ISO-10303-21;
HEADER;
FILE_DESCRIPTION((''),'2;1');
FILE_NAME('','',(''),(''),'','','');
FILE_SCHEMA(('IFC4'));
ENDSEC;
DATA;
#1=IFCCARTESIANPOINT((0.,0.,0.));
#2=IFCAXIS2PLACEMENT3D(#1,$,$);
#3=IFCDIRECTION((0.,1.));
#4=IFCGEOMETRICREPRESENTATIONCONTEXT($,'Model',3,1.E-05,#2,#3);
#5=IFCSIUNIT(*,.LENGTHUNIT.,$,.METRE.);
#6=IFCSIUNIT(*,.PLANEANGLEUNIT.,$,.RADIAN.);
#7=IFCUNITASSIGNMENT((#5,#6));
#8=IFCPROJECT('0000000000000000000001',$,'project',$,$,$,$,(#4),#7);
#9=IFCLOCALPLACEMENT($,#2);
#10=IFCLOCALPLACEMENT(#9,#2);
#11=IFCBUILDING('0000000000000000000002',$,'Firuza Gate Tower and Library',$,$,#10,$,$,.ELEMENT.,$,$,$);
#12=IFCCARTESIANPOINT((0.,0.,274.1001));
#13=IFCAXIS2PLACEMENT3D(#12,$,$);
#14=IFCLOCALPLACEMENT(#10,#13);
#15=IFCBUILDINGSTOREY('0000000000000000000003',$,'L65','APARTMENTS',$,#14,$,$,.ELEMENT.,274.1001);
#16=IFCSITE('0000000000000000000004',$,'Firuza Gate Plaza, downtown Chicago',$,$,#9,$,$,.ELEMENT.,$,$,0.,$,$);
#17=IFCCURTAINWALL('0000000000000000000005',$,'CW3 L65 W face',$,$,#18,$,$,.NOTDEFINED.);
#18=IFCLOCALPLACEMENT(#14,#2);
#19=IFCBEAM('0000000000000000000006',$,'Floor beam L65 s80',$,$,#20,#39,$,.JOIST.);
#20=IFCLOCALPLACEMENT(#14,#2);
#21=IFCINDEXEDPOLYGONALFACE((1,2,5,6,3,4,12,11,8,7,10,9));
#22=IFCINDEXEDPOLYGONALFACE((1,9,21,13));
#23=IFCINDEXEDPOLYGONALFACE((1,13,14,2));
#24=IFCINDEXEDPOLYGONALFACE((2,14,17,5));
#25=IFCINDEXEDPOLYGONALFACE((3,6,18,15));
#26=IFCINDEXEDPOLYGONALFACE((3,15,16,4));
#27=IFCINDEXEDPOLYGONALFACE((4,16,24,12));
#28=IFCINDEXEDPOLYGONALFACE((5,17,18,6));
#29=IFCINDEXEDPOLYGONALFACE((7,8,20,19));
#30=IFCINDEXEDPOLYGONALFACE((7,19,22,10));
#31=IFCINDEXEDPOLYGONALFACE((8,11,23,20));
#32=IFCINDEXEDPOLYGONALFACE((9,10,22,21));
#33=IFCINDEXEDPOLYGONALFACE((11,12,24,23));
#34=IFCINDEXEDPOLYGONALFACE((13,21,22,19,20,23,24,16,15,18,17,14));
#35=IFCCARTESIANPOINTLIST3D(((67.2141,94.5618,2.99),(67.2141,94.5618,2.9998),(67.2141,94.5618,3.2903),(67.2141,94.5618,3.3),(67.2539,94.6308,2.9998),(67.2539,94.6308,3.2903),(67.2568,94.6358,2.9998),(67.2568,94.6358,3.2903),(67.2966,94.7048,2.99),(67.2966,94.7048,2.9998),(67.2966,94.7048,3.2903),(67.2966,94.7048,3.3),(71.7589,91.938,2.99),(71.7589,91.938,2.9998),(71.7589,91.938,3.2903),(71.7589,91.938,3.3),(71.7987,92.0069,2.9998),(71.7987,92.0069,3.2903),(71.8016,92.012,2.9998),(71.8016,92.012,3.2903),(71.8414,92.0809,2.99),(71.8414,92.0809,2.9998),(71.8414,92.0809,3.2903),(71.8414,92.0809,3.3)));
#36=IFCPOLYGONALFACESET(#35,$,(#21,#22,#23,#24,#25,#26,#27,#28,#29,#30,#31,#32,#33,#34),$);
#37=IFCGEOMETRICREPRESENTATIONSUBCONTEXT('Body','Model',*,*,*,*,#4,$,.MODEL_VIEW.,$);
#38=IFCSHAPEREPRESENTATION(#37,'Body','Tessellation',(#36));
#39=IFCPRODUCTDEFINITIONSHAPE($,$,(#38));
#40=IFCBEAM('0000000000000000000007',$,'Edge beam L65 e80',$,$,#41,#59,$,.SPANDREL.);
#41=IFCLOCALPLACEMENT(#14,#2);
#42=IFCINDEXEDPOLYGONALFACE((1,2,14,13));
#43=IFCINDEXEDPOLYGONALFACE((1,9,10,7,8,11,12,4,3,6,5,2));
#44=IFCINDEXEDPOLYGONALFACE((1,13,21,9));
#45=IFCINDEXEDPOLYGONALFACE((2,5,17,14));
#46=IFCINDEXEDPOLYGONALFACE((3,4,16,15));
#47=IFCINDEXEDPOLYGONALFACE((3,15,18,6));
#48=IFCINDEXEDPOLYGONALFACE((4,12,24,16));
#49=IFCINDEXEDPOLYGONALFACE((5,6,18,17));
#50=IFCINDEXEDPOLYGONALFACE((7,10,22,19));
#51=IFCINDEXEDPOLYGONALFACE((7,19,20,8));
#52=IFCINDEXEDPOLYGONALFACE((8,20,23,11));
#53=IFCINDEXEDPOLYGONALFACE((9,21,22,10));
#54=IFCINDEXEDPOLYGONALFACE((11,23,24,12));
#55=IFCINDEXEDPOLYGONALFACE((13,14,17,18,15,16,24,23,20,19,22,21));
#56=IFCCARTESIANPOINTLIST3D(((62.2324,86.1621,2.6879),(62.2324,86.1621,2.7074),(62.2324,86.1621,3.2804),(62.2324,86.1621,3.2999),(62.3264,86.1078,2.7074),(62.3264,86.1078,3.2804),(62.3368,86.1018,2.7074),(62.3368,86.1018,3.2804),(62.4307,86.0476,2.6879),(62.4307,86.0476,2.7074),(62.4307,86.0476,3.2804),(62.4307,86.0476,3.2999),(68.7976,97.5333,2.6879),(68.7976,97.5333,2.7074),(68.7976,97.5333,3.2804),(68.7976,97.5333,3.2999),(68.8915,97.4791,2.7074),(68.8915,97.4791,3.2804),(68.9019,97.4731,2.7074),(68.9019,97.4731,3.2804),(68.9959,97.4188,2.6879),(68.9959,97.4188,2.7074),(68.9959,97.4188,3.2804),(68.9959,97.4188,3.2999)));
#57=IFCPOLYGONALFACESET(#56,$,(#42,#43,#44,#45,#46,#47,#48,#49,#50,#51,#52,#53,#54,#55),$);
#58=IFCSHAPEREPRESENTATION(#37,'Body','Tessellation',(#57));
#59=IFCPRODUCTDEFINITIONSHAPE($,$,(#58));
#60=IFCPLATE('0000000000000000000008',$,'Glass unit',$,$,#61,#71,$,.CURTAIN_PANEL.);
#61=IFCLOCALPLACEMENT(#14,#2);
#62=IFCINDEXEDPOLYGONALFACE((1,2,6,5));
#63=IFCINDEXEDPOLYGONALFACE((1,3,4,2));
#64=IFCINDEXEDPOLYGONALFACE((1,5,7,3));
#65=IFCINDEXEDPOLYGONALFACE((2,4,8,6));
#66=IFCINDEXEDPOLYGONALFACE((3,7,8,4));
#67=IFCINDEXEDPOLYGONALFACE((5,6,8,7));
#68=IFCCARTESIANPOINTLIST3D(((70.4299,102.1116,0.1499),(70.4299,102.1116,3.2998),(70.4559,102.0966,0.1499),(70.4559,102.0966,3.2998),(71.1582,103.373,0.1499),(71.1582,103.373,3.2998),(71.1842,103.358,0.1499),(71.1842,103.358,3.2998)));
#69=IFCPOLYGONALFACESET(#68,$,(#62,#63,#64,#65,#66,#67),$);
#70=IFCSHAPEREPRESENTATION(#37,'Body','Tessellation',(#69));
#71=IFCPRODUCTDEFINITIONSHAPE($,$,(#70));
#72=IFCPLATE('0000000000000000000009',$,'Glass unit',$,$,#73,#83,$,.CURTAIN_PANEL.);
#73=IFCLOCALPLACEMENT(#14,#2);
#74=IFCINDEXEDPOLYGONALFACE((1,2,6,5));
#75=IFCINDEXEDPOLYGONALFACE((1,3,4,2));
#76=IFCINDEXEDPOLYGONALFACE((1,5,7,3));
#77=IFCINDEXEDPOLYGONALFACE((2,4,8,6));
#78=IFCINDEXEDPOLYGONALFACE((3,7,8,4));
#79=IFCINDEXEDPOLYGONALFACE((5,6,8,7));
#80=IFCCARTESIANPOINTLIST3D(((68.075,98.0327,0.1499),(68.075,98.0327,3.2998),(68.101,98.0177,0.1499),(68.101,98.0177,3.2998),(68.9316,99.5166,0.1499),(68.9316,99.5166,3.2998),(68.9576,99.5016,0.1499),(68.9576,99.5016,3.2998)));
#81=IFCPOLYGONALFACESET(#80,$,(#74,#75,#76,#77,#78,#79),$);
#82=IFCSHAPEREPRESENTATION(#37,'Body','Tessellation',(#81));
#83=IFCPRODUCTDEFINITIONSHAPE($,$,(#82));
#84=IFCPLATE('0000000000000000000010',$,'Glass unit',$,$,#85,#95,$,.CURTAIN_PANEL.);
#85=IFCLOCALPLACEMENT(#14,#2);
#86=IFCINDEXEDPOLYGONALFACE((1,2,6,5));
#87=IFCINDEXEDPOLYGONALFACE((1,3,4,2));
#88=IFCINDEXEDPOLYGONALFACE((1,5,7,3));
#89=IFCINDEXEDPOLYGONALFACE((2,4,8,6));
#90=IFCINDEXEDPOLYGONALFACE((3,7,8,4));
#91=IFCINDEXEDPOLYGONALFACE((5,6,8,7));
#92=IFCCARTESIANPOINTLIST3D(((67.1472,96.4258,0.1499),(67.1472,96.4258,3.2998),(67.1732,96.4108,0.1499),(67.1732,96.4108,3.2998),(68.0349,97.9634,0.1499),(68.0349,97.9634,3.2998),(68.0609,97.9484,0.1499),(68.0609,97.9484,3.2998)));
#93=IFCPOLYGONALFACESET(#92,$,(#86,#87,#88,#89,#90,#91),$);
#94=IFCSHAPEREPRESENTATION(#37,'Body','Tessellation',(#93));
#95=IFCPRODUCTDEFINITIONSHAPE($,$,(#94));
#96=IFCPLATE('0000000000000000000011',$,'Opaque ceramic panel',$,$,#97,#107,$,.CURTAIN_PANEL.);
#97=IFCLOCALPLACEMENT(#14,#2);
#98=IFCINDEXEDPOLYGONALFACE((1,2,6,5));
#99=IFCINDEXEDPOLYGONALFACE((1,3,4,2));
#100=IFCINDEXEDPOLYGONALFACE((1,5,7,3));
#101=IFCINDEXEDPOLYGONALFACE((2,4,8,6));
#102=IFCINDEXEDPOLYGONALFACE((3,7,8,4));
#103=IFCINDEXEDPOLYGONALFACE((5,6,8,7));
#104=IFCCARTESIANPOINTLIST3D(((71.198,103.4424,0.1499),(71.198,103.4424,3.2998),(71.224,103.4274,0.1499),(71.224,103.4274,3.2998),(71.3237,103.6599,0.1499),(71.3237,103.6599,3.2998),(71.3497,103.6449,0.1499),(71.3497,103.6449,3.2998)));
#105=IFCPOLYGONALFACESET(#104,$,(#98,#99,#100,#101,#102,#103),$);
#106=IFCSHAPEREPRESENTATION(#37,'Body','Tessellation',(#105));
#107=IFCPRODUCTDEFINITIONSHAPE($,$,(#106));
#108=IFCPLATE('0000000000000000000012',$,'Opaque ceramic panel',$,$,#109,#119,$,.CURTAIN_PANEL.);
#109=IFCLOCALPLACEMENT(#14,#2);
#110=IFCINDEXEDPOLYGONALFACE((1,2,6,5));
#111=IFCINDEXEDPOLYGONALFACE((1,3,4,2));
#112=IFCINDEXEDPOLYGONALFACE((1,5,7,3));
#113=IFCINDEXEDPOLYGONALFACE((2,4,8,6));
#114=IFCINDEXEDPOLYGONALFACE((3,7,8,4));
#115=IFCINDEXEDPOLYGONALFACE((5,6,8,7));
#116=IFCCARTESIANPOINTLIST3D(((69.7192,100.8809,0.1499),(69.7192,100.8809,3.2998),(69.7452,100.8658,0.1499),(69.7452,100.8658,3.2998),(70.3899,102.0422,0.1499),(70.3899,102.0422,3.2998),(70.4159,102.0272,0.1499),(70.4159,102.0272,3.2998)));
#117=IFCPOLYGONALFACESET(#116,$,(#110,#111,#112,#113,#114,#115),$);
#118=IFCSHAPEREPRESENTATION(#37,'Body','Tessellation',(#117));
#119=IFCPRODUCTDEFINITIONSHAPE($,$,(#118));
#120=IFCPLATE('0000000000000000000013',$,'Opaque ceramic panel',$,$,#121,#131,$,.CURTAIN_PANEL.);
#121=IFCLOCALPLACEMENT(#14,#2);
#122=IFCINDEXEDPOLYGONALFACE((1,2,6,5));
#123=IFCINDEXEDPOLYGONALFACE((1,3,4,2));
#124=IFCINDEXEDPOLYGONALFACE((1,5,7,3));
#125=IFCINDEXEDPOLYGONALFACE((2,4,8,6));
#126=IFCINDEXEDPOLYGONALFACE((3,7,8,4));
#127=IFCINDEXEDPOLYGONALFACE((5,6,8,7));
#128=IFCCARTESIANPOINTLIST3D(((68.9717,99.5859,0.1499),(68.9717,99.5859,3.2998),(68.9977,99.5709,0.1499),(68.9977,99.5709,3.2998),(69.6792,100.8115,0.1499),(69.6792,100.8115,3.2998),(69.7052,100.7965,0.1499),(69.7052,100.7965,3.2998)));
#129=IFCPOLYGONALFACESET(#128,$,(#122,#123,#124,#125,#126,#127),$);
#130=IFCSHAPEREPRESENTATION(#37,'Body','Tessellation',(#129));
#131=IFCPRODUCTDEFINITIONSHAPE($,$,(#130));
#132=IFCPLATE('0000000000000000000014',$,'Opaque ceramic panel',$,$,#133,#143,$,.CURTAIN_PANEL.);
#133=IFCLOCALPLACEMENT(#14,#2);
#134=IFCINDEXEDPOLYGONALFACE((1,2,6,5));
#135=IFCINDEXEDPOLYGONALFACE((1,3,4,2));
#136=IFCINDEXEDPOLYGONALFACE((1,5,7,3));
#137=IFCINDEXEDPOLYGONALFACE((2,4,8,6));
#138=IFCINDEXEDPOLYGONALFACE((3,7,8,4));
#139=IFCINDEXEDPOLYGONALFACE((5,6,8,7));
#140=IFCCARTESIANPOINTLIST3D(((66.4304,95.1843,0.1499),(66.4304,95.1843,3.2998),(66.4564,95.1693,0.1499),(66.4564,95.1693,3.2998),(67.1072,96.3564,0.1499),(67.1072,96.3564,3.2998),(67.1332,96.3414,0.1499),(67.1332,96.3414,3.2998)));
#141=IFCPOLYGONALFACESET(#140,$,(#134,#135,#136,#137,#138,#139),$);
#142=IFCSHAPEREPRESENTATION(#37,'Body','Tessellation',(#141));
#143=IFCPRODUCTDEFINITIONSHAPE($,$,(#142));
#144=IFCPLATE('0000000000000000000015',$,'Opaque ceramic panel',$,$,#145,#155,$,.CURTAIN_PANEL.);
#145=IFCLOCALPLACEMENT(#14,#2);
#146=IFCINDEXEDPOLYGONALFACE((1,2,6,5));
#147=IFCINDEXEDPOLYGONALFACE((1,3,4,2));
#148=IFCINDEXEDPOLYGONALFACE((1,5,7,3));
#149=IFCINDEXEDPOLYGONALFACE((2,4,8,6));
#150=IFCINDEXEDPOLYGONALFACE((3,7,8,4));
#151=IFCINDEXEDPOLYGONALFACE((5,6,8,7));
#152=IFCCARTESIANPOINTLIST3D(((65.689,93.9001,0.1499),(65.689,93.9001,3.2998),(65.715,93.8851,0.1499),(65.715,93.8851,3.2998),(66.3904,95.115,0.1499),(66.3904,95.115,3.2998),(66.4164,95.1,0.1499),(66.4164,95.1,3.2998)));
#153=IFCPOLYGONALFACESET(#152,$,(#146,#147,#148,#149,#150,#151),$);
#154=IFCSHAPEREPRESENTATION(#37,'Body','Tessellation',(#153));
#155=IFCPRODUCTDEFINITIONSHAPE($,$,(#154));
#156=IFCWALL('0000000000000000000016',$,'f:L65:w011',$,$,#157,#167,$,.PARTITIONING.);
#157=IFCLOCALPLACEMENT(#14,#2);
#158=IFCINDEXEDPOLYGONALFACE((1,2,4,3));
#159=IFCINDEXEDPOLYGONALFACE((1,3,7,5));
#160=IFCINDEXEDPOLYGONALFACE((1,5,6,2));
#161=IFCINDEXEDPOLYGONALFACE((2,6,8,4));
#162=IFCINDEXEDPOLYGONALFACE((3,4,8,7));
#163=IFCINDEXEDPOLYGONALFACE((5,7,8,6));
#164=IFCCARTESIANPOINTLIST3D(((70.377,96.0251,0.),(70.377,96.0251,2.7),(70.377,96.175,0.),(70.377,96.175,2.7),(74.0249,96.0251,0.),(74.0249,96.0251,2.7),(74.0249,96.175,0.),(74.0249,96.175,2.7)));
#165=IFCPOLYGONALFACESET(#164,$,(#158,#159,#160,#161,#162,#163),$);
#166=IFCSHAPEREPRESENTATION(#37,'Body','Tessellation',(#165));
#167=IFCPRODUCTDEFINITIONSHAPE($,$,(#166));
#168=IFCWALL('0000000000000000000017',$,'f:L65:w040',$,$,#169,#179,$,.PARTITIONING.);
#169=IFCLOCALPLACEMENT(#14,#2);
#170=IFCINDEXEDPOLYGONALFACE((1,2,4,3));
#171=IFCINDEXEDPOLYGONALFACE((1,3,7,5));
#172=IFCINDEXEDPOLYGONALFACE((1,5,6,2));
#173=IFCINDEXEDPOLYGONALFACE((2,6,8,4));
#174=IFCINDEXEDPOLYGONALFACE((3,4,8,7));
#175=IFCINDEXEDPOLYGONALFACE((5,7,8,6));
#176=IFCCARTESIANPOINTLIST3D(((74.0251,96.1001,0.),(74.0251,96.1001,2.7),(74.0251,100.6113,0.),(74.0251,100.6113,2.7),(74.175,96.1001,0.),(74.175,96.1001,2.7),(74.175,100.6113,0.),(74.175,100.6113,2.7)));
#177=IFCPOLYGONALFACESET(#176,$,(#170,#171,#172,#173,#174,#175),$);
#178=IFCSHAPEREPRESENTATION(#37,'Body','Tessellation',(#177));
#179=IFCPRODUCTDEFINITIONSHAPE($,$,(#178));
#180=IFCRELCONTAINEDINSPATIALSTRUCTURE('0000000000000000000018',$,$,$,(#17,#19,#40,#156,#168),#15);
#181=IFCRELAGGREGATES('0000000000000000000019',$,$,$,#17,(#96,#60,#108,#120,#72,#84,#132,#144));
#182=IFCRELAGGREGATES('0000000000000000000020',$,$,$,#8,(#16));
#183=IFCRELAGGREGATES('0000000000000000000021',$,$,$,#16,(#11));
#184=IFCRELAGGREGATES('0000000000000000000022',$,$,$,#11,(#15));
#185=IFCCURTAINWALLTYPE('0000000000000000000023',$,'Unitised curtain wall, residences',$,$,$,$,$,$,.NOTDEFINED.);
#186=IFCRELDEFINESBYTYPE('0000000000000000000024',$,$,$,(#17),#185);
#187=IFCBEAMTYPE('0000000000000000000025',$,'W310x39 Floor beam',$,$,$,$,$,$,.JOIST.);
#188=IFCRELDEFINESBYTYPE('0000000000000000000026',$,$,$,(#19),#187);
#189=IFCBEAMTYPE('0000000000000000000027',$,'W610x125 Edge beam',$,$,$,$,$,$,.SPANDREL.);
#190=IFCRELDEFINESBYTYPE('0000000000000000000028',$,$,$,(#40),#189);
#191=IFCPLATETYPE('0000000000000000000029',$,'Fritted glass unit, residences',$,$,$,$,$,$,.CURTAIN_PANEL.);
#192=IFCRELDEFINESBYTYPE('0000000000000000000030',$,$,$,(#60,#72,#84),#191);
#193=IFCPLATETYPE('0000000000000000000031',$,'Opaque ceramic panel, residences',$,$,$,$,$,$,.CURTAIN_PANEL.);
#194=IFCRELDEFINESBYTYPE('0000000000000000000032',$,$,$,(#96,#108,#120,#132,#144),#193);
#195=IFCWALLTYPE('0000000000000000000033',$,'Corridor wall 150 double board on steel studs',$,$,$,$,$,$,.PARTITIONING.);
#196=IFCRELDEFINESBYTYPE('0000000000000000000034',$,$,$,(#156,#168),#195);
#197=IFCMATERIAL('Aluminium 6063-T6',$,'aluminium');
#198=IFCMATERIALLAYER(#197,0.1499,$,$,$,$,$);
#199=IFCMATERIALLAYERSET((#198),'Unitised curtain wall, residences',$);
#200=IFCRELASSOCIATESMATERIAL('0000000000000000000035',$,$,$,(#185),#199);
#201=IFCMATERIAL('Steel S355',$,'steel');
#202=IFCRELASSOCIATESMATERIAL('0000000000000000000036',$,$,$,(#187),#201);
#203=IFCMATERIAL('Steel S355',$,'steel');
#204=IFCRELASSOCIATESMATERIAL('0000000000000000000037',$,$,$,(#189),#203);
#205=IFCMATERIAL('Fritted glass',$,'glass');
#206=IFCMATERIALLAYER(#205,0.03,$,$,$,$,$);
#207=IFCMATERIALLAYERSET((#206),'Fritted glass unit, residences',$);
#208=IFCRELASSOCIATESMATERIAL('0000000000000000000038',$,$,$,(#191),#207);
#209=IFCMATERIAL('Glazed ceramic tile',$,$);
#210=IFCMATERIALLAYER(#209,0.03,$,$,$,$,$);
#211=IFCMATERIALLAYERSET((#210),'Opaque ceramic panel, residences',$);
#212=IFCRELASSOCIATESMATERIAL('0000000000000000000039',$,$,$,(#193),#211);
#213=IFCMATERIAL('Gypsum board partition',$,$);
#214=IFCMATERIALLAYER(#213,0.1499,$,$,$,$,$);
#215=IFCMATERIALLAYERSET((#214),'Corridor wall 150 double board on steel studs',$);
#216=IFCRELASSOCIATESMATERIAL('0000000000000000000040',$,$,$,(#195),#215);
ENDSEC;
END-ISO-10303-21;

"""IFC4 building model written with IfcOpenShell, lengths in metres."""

from ifc_helpers import new_model, si_unit, direction, frame, frame_2d, origin, origin_2d, place, context, subcontext, project, spatial, polyline, rectangle, i_section, outline, extrude, material, layer, layer_set, material_profile, profile_set, type_object, element, aggregate, save


model = new_model("IFC4")

# Units and contexts
model_context = context("Model", 3, precision=1e-05, world=origin(), true_north=direction((0.0, 1.0)))
body_context = subcontext(model_context, "Body", "Model", "MODEL_VIEW")
ifc_project = project(units=[si_unit("LENGTHUNIT", "METRE"), si_unit("PLANEANGLEUNIT", "RADIAN")], contexts=[model_context])

# Site, building, storey
site_placement = place(None, origin())
site = spatial("IfcSite", under=ifc_project, at=site_placement, Name="Firuza Gate Plaza, downtown Chicago", CompositionType="ELEMENT", RefElevation=0.0)
building_placement = place(site_placement, origin())
building = spatial("IfcBuilding", under=site, at=building_placement, Name="Firuza Gate Tower and Library", CompositionType="ELEMENT")
storey_placement = place(building_placement, frame((0.0, 0.0, 274.1001)))
storey = spatial("IfcBuildingStorey", under=building, at=storey_placement, Name="L65", Description="APARTMENTS", CompositionType="ELEMENT", Elevation=274.1001)

# Curtain wall
ifc_material_1 = material(Name="Aluminium 6063-T6", Category="aluminium")
ifc_layer_1 = layer(ifc_material_1, 0.1499)
ifc_layer_set_1 = layer_set([ifc_layer_1], Name="Unitised curtain wall, residences")
curtain_wall_type = type_object("IfcCurtainWallType", Name="Unitised curtain wall, residences", PredefinedType="NOTDEFINED", material=ifc_layer_set_1)
curtain_wall_placement = place(storey_placement, origin())
curtain_wall = element("IfcCurtainWall", 1, at=curtain_wall_placement, inside=storey, type_object=curtain_wall_type, Name="CW3 L65 W face", PredefinedType="NOTDEFINED")

# Beams
ifc_material_2 = material(Name="Steel S355", Category="steel")
ifc_material_profile_1 = material_profile(ifc_material_2, i_section(OverallWidth=0.165, OverallDepth=0.3101, WebThickness=0.0059, FlangeThickness=0.0098, at=origin_2d()))
ifc_profile_set_1 = profile_set([ifc_material_profile_1], Name="Steel S355")
beam_type_1 = type_object("IfcBeamType", Name="W310x39 Floor beam", PredefinedType="JOIST", material=ifc_profile_set_1)
beam_1_placement = place(storey_placement, frame((67.2554, 94.6333, 3.145), z_axis=(0.866033, -0.499987, 0.0), x_axis=(0.499987, 0.866033, 0.0)))
element("IfcBeam", 2, at=beam_1_placement, inside=storey, type_object=beam_type_1, Name="Floor beam L65 s80", PredefinedType="JOIST", context=body_context, shape_type="SweptSolid", body=[
    extrude(i_section(OverallWidth=0.165, OverallDepth=0.3101, WebThickness=0.0059, FlangeThickness=0.0098, at=origin_2d()), origin(), (0.0, 0.0, 1.0), 5.2478),
])
ifc_material_3 = material(Name="Steel S355", Category="steel")
ifc_material_profile_2 = material_profile(ifc_material_3, i_section(OverallWidth=0.229, OverallDepth=0.6121, WebThickness=0.012, FlangeThickness=0.0195, at=origin_2d()))
ifc_profile_set_2 = profile_set([ifc_material_profile_2], Name="Steel S355")
beam_type_2 = type_object("IfcBeamType", Name="W610x125 Edge beam", PredefinedType="SPANDREL", material=ifc_profile_set_2)
beam_2_placement = place(storey_placement, frame((68.8967, 97.4761, 2.9939), z_axis=(-0.499997, -0.866027, 0.0), x_axis=(0.866027, -0.499997, 0.0)))
element("IfcBeam", 3, at=beam_2_placement, inside=storey, type_object=beam_type_2, Name="Edge beam L65 e80", PredefinedType="SPANDREL", context=body_context, shape_type="SweptSolid", body=[
    extrude(i_section(OverallWidth=0.229, OverallDepth=0.6121, WebThickness=0.012, FlangeThickness=0.0195, at=origin_2d()), origin(), (0.0, 0.0, 1.0), 13.1304),
])

# Plates
ifc_material_4 = material(Name="Fritted glass", Category="glass")
ifc_layer_2 = layer(ifc_material_4, 0.03)
ifc_layer_set_2 = layer_set([ifc_layer_2], Name="Fritted glass unit, residences")
plate_type_1 = type_object("IfcPlateType", Name="Fritted glass unit, residences", PredefinedType="CURTAIN_PANEL", material=ifc_layer_set_2)
plate_1_placement = place(storey_placement, frame((71.1582, 103.373, 0.1499), z_axis=(-0.866038, 0.499979, 0.0), x_axis=(-0.499979, -0.866038, 0.0)))
plate_1 = element("IfcPlate", 4, at=plate_1_placement, type_object=plate_type_1, Name="Glass unit", PredefinedType="CURTAIN_PANEL", context=body_context, shape_type="SweptSolid", body=[
    extrude(outline(polyline([(0.0, 0.0), (1.4566, 0.0), (1.4566, 3.1499), (0.0, 3.1499), (0.0, 0.0)])), origin(), (0.0, 0.0, -1.0), 0.03),
])
plate_2_placement = place(storey_placement, frame((68.9316, 99.5166, 0.1499), z_axis=(-0.866034, 0.499986, 0.0), x_axis=(-0.499986, -0.866034, 0.0)))
plate_2 = element("IfcPlate", 5, at=plate_2_placement, type_object=plate_type_1, Name="Glass unit", PredefinedType="CURTAIN_PANEL", context=body_context, shape_type="SweptSolid", body=[
    extrude(outline(polyline([(0.0, 0.0), (1.7134, 0.0), (1.7134, 3.1499), (0.0, 3.1499), (0.0, 0.0)])), origin(), (0.0, 0.0, -1.0), 0.03),
])
plate_3_placement = place(storey_placement, frame((68.0349, 97.9634, 0.1499), z_axis=(-0.866034, 0.499984, 0.0), x_axis=(-0.499984, -0.866034, 0.0)))
plate_3 = element("IfcPlate", 6, at=plate_3_placement, type_object=plate_type_1, Name="Glass unit", PredefinedType="CURTAIN_PANEL", context=body_context, shape_type="SweptSolid", body=[
    extrude(outline(polyline([(0.0, 0.0), (1.7754, 0.0), (1.7754, 3.1499), (0.0, 3.1499), (0.0, 0.0)])), origin(), (0.0, 0.0, -1.0), 0.03),
])
ifc_material_5 = material(Name="Glazed ceramic tile")
ifc_layer_3 = layer(ifc_material_5, 0.03)
ifc_layer_set_3 = layer_set([ifc_layer_3], Name="Opaque ceramic panel, residences")
plate_type_2 = type_object("IfcPlateType", Name="Opaque ceramic panel, residences", PredefinedType="CURTAIN_PANEL", material=ifc_layer_set_3)
plate_4_placement = place(storey_placement, frame((71.3237, 103.6599, 0.1499), z_axis=(-0.865781, 0.500423, 0.0), x_axis=(-0.500423, -0.865781, 0.0)))
plate_4 = element("IfcPlate", 7, at=plate_4_placement, type_object=plate_type_2, Name="Opaque ceramic panel", PredefinedType="CURTAIN_PANEL", context=body_context, shape_type="SweptSolid", body=[
    extrude(outline(polyline([(0.0, 0.0), (0.2513, 0.0), (0.2513, 3.1499), (0.0, 3.1499), (0.0, 0.0)])), origin(), (0.0, 0.0, -1.0), 0.03),
])
plate_5_placement = place(storey_placement, frame((70.3899, 102.0422, 0.1499), z_axis=(-0.865982, 0.500074, 0.0), x_axis=(-0.500074, -0.865982, 0.0)))
plate_5 = element("IfcPlate", 8, at=plate_5_placement, type_object=plate_type_2, Name="Opaque ceramic panel", PredefinedType="CURTAIN_PANEL", context=body_context, shape_type="SweptSolid", body=[
    extrude(outline(polyline([(0.0, 0.0), (1.3411, 0.0), (1.3411, 3.1499), (0.0, 3.1499), (0.0, 0.0)])), origin(), (0.0, 0.0, -1.0), 0.03),
])
plate_6_placement = place(storey_placement, frame((69.6792, 100.8115, 0.1499), z_axis=(-0.866048, 0.499961, 0.0), x_axis=(-0.499961, -0.866048, 0.0)))
plate_6 = element("IfcPlate", 9, at=plate_6_placement, type_object=plate_type_2, Name="Opaque ceramic panel", PredefinedType="CURTAIN_PANEL", context=body_context, shape_type="SweptSolid", body=[
    extrude(outline(polyline([(0.0, 0.0), (1.4151, 0.0), (1.4151, 3.1499), (0.0, 3.1499), (0.0, 0.0)])), origin(), (0.0, 0.0, -1.0), 0.03),
])
plate_7_placement = place(storey_placement, frame((67.1072, 96.3564, 0.1499), z_axis=(-0.866014, 0.500019, 0.0), x_axis=(-0.500019, -0.866014, 0.0)))
plate_7 = element("IfcPlate", 10, at=plate_7_placement, type_object=plate_type_2, Name="Opaque ceramic panel", PredefinedType="CURTAIN_PANEL", context=body_context, shape_type="SweptSolid", body=[
    extrude(outline(polyline([(0.0, 0.0), (1.3535, 0.0), (1.3535, 3.1499), (0.0, 3.1499), (0.0, 0.0)])), origin(), (0.0, 0.0, -1.0), 0.03),
])
plate_8_placement = place(storey_placement, frame((66.3904, 95.115, 0.1499), z_axis=(-0.866017, 0.500014, 0.0), x_axis=(-0.500014, -0.866017, 0.0)))
plate_8 = element("IfcPlate", 11, at=plate_8_placement, type_object=plate_type_2, Name="Opaque ceramic panel", PredefinedType="CURTAIN_PANEL", context=body_context, shape_type="SweptSolid", body=[
    extrude(outline(polyline([(0.0, 0.0), (1.4028, 0.0), (1.4028, 3.1499), (0.0, 3.1499), (0.0, 0.0)])), origin(), (0.0, 0.0, -1.0), 0.03),
])
aggregate(curtain_wall, [plate_4, plate_1, plate_5, plate_6, plate_2, plate_3, plate_7, plate_8])

# Walls
ifc_material_6 = material(Name="Gypsum board partition")
ifc_layer_4 = layer(ifc_material_6, 0.1499)
ifc_layer_set_4 = layer_set([ifc_layer_4], Name="Corridor wall 150 double board on steel studs")
wall_type = type_object("IfcWallType", Name="Corridor wall 150 double board on steel studs", PredefinedType="PARTITIONING", material=ifc_layer_set_4)
wall_1_placement = place(storey_placement, frame((70.377, 96.1001, 0.0), z_axis=(0.0, 0.0, 1.0), x_axis=(1.0, 0.0, 0.0)))
element("IfcWall", 12, at=wall_1_placement, inside=storey, type_object=wall_type, Name="f:L65:w011", PredefinedType="PARTITIONING", context=body_context, shape_type="SweptSolid", body=[
    extrude(rectangle(XDim=3.6479, YDim=0.1499, at=frame_2d((1.824, 0.0))), origin(), (0.0, 0.0, 1.0), 2.7),
])
wall_2_placement = place(storey_placement, frame((74.1001, 96.1001, 0.0), z_axis=(0.0, 0.0, 1.0), x_axis=(0.0, 1.0, 0.0)))
element("IfcWall", 13, at=wall_2_placement, inside=storey, type_object=wall_type, Name="f:L65:w040", PredefinedType="PARTITIONING", context=body_context, shape_type="SweptSolid", body=[
    extrude(rectangle(XDim=4.5112, YDim=0.1499, at=frame_2d((2.2556, 0.0))), origin(), (0.0, 0.0, 1.0), 2.7),
])

save(model, "model.ifc")
